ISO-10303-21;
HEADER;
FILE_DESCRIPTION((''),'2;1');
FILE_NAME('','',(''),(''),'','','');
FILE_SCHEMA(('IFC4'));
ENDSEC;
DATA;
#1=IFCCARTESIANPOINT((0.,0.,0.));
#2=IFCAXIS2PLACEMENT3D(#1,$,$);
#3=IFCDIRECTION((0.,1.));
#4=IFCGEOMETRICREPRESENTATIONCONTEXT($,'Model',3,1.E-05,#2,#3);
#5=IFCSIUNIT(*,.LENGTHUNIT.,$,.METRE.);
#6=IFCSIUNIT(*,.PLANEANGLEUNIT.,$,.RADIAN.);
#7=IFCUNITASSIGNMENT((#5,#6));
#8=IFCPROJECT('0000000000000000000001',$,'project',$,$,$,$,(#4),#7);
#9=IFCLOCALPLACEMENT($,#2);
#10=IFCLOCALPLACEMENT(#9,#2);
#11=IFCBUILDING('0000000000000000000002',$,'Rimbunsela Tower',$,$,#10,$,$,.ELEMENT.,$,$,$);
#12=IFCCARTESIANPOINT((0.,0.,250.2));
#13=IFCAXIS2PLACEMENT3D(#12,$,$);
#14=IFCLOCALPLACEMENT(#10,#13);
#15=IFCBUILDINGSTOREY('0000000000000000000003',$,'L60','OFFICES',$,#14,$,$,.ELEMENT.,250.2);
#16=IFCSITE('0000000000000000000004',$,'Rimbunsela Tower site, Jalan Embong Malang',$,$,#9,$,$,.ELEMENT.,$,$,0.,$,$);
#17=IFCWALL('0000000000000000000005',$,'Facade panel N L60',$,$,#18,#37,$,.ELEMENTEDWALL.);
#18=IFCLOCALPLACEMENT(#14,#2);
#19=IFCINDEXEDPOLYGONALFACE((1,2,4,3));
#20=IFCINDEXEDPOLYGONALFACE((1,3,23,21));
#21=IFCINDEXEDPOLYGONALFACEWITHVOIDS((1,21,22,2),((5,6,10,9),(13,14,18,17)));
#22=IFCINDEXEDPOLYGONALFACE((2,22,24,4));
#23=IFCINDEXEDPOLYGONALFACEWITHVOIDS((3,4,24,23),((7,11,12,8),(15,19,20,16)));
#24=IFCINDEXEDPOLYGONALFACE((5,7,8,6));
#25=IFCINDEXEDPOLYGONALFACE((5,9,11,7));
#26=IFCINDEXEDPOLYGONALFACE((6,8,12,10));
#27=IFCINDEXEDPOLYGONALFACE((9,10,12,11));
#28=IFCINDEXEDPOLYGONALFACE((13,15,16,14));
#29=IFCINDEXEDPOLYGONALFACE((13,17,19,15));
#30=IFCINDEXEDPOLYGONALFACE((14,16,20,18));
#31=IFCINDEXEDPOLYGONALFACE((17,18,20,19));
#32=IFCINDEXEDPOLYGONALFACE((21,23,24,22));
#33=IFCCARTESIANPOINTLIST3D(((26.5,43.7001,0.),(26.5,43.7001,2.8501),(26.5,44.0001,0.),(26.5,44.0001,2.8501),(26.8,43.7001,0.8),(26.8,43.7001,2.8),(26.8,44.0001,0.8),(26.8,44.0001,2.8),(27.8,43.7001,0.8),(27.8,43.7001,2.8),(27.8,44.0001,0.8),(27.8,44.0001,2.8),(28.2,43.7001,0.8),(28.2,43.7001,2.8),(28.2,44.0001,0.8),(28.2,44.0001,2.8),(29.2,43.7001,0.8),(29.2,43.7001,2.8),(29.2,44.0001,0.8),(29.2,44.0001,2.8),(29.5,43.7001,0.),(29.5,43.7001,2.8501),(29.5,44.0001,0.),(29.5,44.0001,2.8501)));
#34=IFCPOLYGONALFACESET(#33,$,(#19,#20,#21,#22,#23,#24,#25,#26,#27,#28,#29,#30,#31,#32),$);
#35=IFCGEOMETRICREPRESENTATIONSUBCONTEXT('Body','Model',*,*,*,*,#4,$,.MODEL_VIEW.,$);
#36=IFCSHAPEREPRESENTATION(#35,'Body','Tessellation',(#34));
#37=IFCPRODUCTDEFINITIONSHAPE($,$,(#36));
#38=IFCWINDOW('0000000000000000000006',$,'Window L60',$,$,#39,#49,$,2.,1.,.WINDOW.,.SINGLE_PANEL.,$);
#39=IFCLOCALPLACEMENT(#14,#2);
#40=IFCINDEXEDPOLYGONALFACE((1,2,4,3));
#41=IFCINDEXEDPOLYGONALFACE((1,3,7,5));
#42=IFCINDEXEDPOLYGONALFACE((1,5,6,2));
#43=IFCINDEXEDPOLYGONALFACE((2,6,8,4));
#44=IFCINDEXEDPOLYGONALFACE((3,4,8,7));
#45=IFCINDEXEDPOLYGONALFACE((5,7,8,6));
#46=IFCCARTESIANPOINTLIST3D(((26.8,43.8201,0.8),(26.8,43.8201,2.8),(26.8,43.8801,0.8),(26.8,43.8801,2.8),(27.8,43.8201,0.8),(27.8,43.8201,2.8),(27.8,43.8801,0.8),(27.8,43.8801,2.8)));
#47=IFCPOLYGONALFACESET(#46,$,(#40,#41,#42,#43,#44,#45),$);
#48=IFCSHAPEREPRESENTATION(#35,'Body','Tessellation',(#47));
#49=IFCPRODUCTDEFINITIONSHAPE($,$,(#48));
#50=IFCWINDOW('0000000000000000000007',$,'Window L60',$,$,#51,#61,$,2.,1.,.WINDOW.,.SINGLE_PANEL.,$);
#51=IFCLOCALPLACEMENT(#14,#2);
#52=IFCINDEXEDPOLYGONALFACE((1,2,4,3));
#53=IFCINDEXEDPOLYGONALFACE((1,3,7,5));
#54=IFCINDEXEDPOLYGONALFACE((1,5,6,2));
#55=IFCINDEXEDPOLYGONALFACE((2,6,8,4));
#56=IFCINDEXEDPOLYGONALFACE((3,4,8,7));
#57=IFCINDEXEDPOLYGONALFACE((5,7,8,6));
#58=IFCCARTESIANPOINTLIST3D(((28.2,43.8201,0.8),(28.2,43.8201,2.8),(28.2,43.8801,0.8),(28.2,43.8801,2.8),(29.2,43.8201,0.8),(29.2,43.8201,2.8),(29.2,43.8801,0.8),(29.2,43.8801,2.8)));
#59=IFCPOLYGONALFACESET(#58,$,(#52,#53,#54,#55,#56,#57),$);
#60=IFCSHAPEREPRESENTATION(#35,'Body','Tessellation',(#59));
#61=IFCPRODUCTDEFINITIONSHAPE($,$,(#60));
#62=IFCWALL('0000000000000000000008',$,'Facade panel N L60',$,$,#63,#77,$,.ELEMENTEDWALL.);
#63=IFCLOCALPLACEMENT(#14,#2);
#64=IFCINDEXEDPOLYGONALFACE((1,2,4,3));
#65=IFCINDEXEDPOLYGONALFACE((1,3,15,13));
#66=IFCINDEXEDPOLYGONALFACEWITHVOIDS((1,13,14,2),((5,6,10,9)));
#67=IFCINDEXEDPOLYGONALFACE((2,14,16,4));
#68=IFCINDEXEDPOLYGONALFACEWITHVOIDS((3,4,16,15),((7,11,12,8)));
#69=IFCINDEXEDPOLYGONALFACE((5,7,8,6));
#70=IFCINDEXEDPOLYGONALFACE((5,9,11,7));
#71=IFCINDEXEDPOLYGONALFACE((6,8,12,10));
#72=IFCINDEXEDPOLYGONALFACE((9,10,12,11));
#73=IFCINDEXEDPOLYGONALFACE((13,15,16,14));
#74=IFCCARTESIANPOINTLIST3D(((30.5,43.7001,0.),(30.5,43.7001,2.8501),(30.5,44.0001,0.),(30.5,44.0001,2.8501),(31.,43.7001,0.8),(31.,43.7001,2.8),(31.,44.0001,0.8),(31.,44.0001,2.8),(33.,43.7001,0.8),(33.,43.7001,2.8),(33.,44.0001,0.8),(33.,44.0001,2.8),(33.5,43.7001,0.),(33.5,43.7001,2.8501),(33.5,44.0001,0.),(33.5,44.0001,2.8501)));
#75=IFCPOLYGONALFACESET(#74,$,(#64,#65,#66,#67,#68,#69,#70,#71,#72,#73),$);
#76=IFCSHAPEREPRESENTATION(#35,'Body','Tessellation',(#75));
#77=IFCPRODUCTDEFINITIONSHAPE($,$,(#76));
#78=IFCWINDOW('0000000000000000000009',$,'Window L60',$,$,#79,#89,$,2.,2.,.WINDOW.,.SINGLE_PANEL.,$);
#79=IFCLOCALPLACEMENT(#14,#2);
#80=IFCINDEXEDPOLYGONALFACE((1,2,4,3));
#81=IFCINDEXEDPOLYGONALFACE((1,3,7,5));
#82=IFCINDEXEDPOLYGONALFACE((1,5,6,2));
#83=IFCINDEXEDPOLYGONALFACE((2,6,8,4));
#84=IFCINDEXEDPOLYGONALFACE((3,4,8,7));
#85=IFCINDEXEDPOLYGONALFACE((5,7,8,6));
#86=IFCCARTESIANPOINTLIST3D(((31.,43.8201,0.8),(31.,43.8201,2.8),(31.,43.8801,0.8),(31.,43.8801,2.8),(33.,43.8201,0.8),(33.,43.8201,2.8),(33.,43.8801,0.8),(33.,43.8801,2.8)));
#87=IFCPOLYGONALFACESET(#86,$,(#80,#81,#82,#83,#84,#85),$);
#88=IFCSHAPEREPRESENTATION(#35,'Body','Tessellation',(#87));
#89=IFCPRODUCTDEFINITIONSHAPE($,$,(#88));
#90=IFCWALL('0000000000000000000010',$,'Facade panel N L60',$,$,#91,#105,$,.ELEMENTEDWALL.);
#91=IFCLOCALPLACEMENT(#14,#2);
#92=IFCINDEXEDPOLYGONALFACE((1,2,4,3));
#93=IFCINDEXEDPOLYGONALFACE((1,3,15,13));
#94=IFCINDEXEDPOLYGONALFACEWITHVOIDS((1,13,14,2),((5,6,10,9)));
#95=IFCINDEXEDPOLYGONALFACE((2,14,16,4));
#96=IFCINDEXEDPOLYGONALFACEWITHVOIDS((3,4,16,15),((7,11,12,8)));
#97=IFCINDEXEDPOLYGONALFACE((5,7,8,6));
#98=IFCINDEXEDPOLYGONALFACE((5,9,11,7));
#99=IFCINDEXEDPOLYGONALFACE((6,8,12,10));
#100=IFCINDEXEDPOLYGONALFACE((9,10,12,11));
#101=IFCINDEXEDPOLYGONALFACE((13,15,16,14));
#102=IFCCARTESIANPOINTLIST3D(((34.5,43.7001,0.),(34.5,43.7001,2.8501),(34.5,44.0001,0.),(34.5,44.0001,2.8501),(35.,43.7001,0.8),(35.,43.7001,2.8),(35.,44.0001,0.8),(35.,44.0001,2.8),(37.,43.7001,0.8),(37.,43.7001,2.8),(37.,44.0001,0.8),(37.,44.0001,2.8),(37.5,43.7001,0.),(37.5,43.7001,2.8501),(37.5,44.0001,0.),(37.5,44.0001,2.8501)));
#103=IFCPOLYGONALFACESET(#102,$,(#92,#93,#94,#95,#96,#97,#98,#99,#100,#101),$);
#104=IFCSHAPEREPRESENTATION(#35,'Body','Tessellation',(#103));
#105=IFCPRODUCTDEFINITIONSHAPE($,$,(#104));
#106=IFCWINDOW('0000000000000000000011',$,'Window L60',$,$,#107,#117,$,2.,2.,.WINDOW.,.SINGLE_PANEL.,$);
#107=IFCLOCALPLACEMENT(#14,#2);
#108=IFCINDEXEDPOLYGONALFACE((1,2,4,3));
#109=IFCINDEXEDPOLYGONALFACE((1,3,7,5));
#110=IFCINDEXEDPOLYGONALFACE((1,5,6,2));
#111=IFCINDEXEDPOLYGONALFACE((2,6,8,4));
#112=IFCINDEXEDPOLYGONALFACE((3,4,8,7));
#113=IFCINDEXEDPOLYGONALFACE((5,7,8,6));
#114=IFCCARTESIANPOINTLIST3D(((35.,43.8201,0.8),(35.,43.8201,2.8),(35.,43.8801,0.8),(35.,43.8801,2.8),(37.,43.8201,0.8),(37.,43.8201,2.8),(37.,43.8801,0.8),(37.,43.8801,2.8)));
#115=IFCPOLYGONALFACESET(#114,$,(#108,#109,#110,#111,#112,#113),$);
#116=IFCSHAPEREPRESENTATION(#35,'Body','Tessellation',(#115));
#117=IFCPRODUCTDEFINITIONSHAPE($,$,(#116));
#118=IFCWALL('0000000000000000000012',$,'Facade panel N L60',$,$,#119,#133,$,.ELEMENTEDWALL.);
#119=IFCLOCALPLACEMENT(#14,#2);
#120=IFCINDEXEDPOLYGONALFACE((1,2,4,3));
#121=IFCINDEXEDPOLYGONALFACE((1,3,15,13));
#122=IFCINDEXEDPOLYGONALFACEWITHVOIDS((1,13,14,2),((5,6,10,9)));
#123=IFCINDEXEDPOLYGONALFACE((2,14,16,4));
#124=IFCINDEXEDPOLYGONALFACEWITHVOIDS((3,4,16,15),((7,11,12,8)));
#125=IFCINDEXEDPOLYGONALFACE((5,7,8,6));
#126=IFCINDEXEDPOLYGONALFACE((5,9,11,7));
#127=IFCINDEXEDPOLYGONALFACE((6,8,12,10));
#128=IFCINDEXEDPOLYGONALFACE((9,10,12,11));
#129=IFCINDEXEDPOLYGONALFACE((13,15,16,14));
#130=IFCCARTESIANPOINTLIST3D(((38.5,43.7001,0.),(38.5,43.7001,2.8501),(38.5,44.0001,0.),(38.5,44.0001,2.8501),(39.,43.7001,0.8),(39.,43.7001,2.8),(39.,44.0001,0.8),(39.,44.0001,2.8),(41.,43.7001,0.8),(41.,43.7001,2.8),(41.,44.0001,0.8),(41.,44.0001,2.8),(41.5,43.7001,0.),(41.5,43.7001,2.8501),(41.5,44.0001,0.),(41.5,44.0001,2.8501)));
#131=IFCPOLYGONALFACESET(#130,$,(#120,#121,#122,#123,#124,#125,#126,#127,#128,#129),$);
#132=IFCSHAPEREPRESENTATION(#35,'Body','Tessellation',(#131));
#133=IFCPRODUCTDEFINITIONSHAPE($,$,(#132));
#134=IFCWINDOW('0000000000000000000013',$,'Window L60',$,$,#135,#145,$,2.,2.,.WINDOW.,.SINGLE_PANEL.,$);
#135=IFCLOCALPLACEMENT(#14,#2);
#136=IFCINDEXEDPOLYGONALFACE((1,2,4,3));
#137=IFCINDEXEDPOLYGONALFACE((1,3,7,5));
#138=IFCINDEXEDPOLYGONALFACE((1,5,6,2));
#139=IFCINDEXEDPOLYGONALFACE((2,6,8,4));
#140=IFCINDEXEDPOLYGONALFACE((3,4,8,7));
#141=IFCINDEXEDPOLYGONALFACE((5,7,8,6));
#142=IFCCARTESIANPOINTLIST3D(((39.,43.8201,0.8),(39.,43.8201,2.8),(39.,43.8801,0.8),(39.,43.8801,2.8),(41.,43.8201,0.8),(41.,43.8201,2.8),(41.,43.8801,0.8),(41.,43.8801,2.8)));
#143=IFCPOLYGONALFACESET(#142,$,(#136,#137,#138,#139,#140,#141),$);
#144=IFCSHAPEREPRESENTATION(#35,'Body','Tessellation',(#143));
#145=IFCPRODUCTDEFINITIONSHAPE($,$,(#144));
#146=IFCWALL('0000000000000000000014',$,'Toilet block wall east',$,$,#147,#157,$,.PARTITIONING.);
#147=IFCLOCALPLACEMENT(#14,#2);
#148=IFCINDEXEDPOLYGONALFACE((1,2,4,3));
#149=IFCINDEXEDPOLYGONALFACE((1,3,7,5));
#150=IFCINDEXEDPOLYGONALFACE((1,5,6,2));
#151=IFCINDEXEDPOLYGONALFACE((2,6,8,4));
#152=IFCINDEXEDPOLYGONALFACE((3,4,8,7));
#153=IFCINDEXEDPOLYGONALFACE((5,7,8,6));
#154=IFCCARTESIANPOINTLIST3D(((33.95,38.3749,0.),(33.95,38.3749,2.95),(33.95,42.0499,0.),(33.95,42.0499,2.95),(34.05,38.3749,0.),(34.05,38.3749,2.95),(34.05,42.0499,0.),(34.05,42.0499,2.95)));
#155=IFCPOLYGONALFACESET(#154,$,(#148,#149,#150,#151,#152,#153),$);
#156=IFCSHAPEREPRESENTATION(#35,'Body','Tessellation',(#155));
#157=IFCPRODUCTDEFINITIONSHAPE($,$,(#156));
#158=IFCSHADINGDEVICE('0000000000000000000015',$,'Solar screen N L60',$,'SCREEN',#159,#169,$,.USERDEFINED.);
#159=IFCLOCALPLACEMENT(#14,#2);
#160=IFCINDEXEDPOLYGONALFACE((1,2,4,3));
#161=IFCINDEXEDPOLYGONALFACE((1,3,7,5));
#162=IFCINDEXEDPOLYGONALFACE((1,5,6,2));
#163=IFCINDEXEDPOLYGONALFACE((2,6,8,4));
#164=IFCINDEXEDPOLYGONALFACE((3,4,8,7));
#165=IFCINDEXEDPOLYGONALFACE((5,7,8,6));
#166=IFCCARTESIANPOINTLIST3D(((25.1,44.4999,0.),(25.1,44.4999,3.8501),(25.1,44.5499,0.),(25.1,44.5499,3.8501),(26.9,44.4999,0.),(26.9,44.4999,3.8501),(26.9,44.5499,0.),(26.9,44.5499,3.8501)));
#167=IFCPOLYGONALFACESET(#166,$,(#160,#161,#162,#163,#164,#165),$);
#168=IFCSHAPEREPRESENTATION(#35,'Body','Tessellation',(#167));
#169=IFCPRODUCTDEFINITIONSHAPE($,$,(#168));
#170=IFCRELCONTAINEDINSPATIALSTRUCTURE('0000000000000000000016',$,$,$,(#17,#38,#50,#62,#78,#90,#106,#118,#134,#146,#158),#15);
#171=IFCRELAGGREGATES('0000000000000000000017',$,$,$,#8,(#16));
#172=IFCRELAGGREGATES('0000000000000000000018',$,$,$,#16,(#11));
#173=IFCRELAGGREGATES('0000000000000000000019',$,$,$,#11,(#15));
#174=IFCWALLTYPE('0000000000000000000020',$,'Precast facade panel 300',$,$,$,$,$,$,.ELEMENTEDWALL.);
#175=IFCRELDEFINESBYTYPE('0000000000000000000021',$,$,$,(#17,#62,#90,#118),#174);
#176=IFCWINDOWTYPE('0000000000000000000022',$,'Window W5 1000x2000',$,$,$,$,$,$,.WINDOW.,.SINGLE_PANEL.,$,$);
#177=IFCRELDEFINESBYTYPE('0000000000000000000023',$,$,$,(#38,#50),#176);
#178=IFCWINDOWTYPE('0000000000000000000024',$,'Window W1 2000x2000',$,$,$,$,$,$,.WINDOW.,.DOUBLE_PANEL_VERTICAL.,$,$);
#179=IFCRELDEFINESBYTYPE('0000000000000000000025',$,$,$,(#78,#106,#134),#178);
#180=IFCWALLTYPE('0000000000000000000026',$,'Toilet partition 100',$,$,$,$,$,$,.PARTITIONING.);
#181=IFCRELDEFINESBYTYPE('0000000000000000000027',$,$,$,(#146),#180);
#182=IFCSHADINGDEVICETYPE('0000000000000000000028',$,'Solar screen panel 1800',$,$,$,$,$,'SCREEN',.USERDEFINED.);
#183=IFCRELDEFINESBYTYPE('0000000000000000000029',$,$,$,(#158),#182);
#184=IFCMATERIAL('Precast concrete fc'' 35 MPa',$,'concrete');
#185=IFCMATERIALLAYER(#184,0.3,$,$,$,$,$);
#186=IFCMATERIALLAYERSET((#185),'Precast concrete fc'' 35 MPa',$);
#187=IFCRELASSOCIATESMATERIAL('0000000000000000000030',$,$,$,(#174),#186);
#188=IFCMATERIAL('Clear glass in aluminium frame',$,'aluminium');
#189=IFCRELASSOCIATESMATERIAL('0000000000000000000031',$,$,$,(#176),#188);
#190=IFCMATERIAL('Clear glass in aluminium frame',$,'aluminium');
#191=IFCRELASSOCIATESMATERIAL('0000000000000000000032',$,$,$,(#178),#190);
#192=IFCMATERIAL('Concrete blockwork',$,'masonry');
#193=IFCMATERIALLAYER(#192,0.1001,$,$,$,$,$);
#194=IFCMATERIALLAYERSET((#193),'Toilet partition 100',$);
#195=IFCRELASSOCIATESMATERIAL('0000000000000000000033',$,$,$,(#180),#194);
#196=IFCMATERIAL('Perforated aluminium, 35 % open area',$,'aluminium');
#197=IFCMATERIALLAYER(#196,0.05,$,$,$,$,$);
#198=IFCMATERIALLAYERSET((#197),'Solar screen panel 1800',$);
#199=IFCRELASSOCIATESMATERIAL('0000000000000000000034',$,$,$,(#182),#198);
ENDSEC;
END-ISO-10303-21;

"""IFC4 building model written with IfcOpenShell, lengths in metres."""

from ifc_helpers import new_model, si_unit, direction, frame, frame_2d, origin, origin_2d, place, context, subcontext, project, spatial, rectangle, extrude, material, layer, layer_set, type_object, element, fill, save


model = new_model("IFC4")

# Units and contexts
model_context = context("Model", 3, precision=1e-05, world=origin(), true_north=direction((0.0, 1.0)))
body_context = subcontext(model_context, "Body", "Model", "MODEL_VIEW")
ifc_project = project(units=[si_unit("LENGTHUNIT", "METRE"), si_unit("PLANEANGLEUNIT", "RADIAN")], contexts=[model_context])

# Site, building, storey
site_placement = place(None, origin())
site = spatial("IfcSite", under=ifc_project, at=site_placement, Name="Rimbunsela Tower site, Jalan Embong Malang", CompositionType="ELEMENT", RefElevation=0.0)
building_placement = place(site_placement, origin())
building = spatial("IfcBuilding", under=site, at=building_placement, Name="Rimbunsela Tower", CompositionType="ELEMENT")
storey_placement = place(building_placement, frame((0.0, 0.0, 250.2)))
storey = spatial("IfcBuildingStorey", under=building, at=storey_placement, Name="L60", Description="OFFICES", CompositionType="ELEMENT", Elevation=250.2)

# Wall, openings, windows
ifc_material_1 = material(Name="Precast concrete fc' 35 MPa", Category="concrete")
ifc_layer_1 = layer(ifc_material_1, 0.3)
ifc_layer_set_1 = layer_set([ifc_layer_1], Name="Precast concrete fc' 35 MPa")
wall_type_1 = type_object("IfcWallType", Name="Precast facade panel 300", PredefinedType="ELEMENTEDWALL", material=ifc_layer_set_1)
wall_1_placement = place(storey_placement, frame((29.5, 43.8501, 0.0), z_axis=(0.0, 0.0, 1.0), x_axis=(-1.0, 0.0, 0.0)))
wall_1 = element("IfcWall", 1, at=wall_1_placement, inside=storey, type_object=wall_type_1, Name="Facade panel N L60", PredefinedType="ELEMENTEDWALL", context=body_context, shape_type="SweptSolid", body=[
    extrude(rectangle(XDim=3.0, YDim=0.3, at=frame_2d((1.5, 0.0))), origin(), (0.0, 0.0, 1.0), 2.8501),
])
opening_1_placement = place(wall_1_placement, frame((1.7, 0.0, 0.8)))
opening_1 = element("IfcOpeningElement", 2, at=opening_1_placement, cuts=wall_1, PredefinedType="OPENING", context=body_context, shape_type="SweptSolid", body=[
    extrude(rectangle(XDim=1.0, YDim=2.0, at=frame_2d((0.5, 1.0))), frame((0.0, 0.1599, 0.0), z_axis=(0.0, -1.0, 0.0), x_axis=(1.0, 0.0, 0.0)), (0.0, 0.0, 1.0), 0.3201),
])
opening_2_placement = place(wall_1_placement, frame((0.3, 0.0, 0.8)))
opening_2 = element("IfcOpeningElement", 3, at=opening_2_placement, cuts=wall_1, PredefinedType="OPENING", context=body_context, shape_type="SweptSolid", body=[
    extrude(rectangle(XDim=1.0, YDim=2.0, at=frame_2d((0.5, 1.0))), frame((0.0, 0.1599, 0.0), z_axis=(0.0, -1.0, 0.0), x_axis=(1.0, 0.0, 0.0)), (0.0, 0.0, 1.0), 0.3201),
])
ifc_material_2 = material(Name="Clear glass in aluminium frame", Category="aluminium")
window_type_1 = type_object("IfcWindowType", Name="Window W5 1000x2000", PartitioningType="SINGLE_PANEL", PredefinedType="WINDOW", material=ifc_material_2)
window_1_placement = place(opening_1_placement, origin())
window_1 = element("IfcWindow", 4, at=window_1_placement, inside=storey, type_object=window_type_1, Name="Window L60", OverallHeight=2.0, OverallWidth=1.0, PartitioningType="SINGLE_PANEL", PredefinedType="WINDOW", context=body_context, shape_type="SweptSolid", body=[
    extrude(rectangle(XDim=1.0, YDim=2.0, at=frame_2d((0.5, 1.0))), frame((0.0, 0.03, 0.0), z_axis=(0.0, -1.0, 0.0), x_axis=(1.0, 0.0, 0.0)), (0.0, 0.0, 1.0), 0.0601),
])
fill(opening_1, window_1)
window_2_placement = place(opening_2_placement, origin())
window_2 = element("IfcWindow", 5, at=window_2_placement, inside=storey, type_object=window_type_1, Name="Window L60", OverallHeight=2.0, OverallWidth=1.0, PartitioningType="SINGLE_PANEL", PredefinedType="WINDOW", context=body_context, shape_type="SweptSolid", body=[
    extrude(rectangle(XDim=1.0, YDim=2.0, at=frame_2d((0.5, 1.0))), frame((0.0, 0.03, 0.0), z_axis=(0.0, -1.0, 0.0), x_axis=(1.0, 0.0, 0.0)), (0.0, 0.0, 1.0), 0.0601),
])
fill(opening_2, window_2)

# Walls, openings, windows
wall_2_placement = place(storey_placement, frame((33.5, 43.8501, 0.0), z_axis=(0.0, 0.0, 1.0), x_axis=(-1.0, 0.0, 0.0)))
wall_2 = element("IfcWall", 6, at=wall_2_placement, inside=storey, type_object=wall_type_1, Name="Facade panel N L60", PredefinedType="ELEMENTEDWALL", context=body_context, shape_type="SweptSolid", body=[
    extrude(rectangle(XDim=3.0, YDim=0.3, at=frame_2d((1.5, 0.0))), origin(), (0.0, 0.0, 1.0), 2.8501),
])
opening_3_placement = place(wall_2_placement, frame((0.5, 0.0, 0.8)))
opening_3 = element("IfcOpeningElement", 7, at=opening_3_placement, cuts=wall_2, PredefinedType="OPENING", context=body_context, shape_type="SweptSolid", body=[
    extrude(rectangle(XDim=2.0, YDim=2.0, at=frame_2d((1.0, 1.0))), frame((0.0, 0.1599, 0.0), z_axis=(0.0, -1.0, 0.0), x_axis=(1.0, 0.0, 0.0)), (0.0, 0.0, 1.0), 0.3201),
])
ifc_material_3 = material(Name="Clear glass in aluminium frame", Category="aluminium")
window_type_2 = type_object("IfcWindowType", Name="Window W1 2000x2000", PartitioningType="DOUBLE_PANEL_VERTICAL", PredefinedType="WINDOW", material=ifc_material_3)
window_3_placement = place(opening_3_placement, origin())
window_3 = element("IfcWindow", 8, at=window_3_placement, inside=storey, type_object=window_type_2, Name="Window L60", OverallHeight=2.0, OverallWidth=2.0, PartitioningType="SINGLE_PANEL", PredefinedType="WINDOW", context=body_context, shape_type="SweptSolid", body=[
    extrude(rectangle(XDim=2.0, YDim=2.0, at=frame_2d((1.0, 1.0))), frame((0.0, 0.03, 0.0), z_axis=(0.0, -1.0, 0.0), x_axis=(1.0, 0.0, 0.0)), (0.0, 0.0, 1.0), 0.0601),
])
fill(opening_3, window_3)
wall_3_placement = place(storey_placement, frame((37.5, 43.8501, 0.0), z_axis=(0.0, 0.0, 1.0), x_axis=(-1.0, 0.0, 0.0)))
wall_3 = element("IfcWall", 9, at=wall_3_placement, inside=storey, type_object=wall_type_1, Name="Facade panel N L60", PredefinedType="ELEMENTEDWALL", context=body_context, shape_type="SweptSolid", body=[
    extrude(rectangle(XDim=3.0, YDim=0.3, at=frame_2d((1.5, 0.0))), origin(), (0.0, 0.0, 1.0), 2.8501),
])
opening_4_placement = place(wall_3_placement, frame((0.5, 0.0, 0.8)))
opening_4 = element("IfcOpeningElement", 10, at=opening_4_placement, cuts=wall_3, PredefinedType="OPENING", context=body_context, shape_type="SweptSolid", body=[
    extrude(rectangle(XDim=2.0, YDim=2.0, at=frame_2d((1.0, 1.0))), frame((0.0, 0.1599, 0.0), z_axis=(0.0, -1.0, 0.0), x_axis=(1.0, 0.0, 0.0)), (0.0, 0.0, 1.0), 0.3201),
])
window_4_placement = place(opening_4_placement, origin())
window_4 = element("IfcWindow", 11, at=window_4_placement, inside=storey, type_object=window_type_2, Name="Window L60", OverallHeight=2.0, OverallWidth=2.0, PartitioningType="SINGLE_PANEL", PredefinedType="WINDOW", context=body_context, shape_type="SweptSolid", body=[
    extrude(rectangle(XDim=2.0, YDim=2.0, at=frame_2d((1.0, 1.0))), frame((0.0, 0.03, 0.0), z_axis=(0.0, -1.0, 0.0), x_axis=(1.0, 0.0, 0.0)), (0.0, 0.0, 1.0), 0.0601),
])
fill(opening_4, window_4)
wall_4_placement = place(storey_placement, frame((41.5, 43.8501, 0.0), z_axis=(0.0, 0.0, 1.0), x_axis=(-1.0, 0.0, 0.0)))
wall_4 = element("IfcWall", 12, at=wall_4_placement, inside=storey, type_object=wall_type_1, Name="Facade panel N L60", PredefinedType="ELEMENTEDWALL", context=body_context, shape_type="SweptSolid", body=[
    extrude(rectangle(XDim=3.0, YDim=0.3, at=frame_2d((1.5, 0.0))), origin(), (0.0, 0.0, 1.0), 2.8501),
])
opening_5_placement = place(wall_4_placement, frame((0.5, 0.0, 0.8)))
opening_5 = element("IfcOpeningElement", 13, at=opening_5_placement, cuts=wall_4, PredefinedType="OPENING", context=body_context, shape_type="SweptSolid", body=[
    extrude(rectangle(XDim=2.0, YDim=2.0, at=frame_2d((1.0, 1.0))), frame((0.0, 0.1599, 0.0), z_axis=(0.0, -1.0, 0.0), x_axis=(1.0, 0.0, 0.0)), (0.0, 0.0, 1.0), 0.3201),
])
window_5_placement = place(opening_5_placement, origin())
window_5 = element("IfcWindow", 14, at=window_5_placement, inside=storey, type_object=window_type_2, Name="Window L60", OverallHeight=2.0, OverallWidth=2.0, PartitioningType="SINGLE_PANEL", PredefinedType="WINDOW", context=body_context, shape_type="SweptSolid", body=[
    extrude(rectangle(XDim=2.0, YDim=2.0, at=frame_2d((1.0, 1.0))), frame((0.0, 0.03, 0.0), z_axis=(0.0, -1.0, 0.0), x_axis=(1.0, 0.0, 0.0)), (0.0, 0.0, 1.0), 0.0601),
])
fill(opening_5, window_5)

# Wall
ifc_material_4 = material(Name="Concrete blockwork", Category="masonry")
ifc_layer_2 = layer(ifc_material_4, 0.1001)
ifc_layer_set_2 = layer_set([ifc_layer_2], Name="Toilet partition 100")
wall_type_2 = type_object("IfcWallType", Name="Toilet partition 100", PredefinedType="PARTITIONING", material=ifc_layer_set_2)
wall_5_placement = place(storey_placement, frame((34.0, 38.375, 0.0), z_axis=(0.0, 0.0, 1.0), x_axis=(0.0, 1.0, 0.0)))
element("IfcWall", 15, at=wall_5_placement, inside=storey, type_object=wall_type_2, Name="Toilet block wall east", PredefinedType="PARTITIONING", context=body_context, shape_type="SweptSolid", body=[
    extrude(rectangle(XDim=3.675, YDim=0.1001, at=frame_2d((1.8374, 0.0))), origin(), (0.0, 0.0, 1.0), 2.95),
])

# Shading device
ifc_material_5 = material(Name="Perforated aluminium, 35 % open area", Category="aluminium")
ifc_layer_3 = layer(ifc_material_5, 0.05)
ifc_layer_set_3 = layer_set([ifc_layer_3], Name="Solar screen panel 1800")
shading_device_type = type_object("IfcShadingDeviceType", Name="Solar screen panel 1800", ElementType="SCREEN", PredefinedType="USERDEFINED", material=ifc_layer_set_3)
for number, where, z_axis, x_axis, name in (
    (16, (26.0, 44.5249, 0.0), (0.0, 0.0, 1.0), (1.0, 0.0, 0.0), "Solar screen N L60"),
):
    element("IfcShadingDevice", number, at=place(storey_placement, frame(where, z_axis=z_axis, x_axis=x_axis)), inside=storey, type_object=shading_device_type, Name=name, ObjectType="SCREEN", PredefinedType="USERDEFINED", context=body_context, shape_type="SweptSolid", body=[
        extrude(rectangle(XDim=1.8, YDim=0.05, at=origin_2d()), origin(), (0.0, 0.0, 1.0), 3.8501),
    ])

save(model, "model.ifc")
